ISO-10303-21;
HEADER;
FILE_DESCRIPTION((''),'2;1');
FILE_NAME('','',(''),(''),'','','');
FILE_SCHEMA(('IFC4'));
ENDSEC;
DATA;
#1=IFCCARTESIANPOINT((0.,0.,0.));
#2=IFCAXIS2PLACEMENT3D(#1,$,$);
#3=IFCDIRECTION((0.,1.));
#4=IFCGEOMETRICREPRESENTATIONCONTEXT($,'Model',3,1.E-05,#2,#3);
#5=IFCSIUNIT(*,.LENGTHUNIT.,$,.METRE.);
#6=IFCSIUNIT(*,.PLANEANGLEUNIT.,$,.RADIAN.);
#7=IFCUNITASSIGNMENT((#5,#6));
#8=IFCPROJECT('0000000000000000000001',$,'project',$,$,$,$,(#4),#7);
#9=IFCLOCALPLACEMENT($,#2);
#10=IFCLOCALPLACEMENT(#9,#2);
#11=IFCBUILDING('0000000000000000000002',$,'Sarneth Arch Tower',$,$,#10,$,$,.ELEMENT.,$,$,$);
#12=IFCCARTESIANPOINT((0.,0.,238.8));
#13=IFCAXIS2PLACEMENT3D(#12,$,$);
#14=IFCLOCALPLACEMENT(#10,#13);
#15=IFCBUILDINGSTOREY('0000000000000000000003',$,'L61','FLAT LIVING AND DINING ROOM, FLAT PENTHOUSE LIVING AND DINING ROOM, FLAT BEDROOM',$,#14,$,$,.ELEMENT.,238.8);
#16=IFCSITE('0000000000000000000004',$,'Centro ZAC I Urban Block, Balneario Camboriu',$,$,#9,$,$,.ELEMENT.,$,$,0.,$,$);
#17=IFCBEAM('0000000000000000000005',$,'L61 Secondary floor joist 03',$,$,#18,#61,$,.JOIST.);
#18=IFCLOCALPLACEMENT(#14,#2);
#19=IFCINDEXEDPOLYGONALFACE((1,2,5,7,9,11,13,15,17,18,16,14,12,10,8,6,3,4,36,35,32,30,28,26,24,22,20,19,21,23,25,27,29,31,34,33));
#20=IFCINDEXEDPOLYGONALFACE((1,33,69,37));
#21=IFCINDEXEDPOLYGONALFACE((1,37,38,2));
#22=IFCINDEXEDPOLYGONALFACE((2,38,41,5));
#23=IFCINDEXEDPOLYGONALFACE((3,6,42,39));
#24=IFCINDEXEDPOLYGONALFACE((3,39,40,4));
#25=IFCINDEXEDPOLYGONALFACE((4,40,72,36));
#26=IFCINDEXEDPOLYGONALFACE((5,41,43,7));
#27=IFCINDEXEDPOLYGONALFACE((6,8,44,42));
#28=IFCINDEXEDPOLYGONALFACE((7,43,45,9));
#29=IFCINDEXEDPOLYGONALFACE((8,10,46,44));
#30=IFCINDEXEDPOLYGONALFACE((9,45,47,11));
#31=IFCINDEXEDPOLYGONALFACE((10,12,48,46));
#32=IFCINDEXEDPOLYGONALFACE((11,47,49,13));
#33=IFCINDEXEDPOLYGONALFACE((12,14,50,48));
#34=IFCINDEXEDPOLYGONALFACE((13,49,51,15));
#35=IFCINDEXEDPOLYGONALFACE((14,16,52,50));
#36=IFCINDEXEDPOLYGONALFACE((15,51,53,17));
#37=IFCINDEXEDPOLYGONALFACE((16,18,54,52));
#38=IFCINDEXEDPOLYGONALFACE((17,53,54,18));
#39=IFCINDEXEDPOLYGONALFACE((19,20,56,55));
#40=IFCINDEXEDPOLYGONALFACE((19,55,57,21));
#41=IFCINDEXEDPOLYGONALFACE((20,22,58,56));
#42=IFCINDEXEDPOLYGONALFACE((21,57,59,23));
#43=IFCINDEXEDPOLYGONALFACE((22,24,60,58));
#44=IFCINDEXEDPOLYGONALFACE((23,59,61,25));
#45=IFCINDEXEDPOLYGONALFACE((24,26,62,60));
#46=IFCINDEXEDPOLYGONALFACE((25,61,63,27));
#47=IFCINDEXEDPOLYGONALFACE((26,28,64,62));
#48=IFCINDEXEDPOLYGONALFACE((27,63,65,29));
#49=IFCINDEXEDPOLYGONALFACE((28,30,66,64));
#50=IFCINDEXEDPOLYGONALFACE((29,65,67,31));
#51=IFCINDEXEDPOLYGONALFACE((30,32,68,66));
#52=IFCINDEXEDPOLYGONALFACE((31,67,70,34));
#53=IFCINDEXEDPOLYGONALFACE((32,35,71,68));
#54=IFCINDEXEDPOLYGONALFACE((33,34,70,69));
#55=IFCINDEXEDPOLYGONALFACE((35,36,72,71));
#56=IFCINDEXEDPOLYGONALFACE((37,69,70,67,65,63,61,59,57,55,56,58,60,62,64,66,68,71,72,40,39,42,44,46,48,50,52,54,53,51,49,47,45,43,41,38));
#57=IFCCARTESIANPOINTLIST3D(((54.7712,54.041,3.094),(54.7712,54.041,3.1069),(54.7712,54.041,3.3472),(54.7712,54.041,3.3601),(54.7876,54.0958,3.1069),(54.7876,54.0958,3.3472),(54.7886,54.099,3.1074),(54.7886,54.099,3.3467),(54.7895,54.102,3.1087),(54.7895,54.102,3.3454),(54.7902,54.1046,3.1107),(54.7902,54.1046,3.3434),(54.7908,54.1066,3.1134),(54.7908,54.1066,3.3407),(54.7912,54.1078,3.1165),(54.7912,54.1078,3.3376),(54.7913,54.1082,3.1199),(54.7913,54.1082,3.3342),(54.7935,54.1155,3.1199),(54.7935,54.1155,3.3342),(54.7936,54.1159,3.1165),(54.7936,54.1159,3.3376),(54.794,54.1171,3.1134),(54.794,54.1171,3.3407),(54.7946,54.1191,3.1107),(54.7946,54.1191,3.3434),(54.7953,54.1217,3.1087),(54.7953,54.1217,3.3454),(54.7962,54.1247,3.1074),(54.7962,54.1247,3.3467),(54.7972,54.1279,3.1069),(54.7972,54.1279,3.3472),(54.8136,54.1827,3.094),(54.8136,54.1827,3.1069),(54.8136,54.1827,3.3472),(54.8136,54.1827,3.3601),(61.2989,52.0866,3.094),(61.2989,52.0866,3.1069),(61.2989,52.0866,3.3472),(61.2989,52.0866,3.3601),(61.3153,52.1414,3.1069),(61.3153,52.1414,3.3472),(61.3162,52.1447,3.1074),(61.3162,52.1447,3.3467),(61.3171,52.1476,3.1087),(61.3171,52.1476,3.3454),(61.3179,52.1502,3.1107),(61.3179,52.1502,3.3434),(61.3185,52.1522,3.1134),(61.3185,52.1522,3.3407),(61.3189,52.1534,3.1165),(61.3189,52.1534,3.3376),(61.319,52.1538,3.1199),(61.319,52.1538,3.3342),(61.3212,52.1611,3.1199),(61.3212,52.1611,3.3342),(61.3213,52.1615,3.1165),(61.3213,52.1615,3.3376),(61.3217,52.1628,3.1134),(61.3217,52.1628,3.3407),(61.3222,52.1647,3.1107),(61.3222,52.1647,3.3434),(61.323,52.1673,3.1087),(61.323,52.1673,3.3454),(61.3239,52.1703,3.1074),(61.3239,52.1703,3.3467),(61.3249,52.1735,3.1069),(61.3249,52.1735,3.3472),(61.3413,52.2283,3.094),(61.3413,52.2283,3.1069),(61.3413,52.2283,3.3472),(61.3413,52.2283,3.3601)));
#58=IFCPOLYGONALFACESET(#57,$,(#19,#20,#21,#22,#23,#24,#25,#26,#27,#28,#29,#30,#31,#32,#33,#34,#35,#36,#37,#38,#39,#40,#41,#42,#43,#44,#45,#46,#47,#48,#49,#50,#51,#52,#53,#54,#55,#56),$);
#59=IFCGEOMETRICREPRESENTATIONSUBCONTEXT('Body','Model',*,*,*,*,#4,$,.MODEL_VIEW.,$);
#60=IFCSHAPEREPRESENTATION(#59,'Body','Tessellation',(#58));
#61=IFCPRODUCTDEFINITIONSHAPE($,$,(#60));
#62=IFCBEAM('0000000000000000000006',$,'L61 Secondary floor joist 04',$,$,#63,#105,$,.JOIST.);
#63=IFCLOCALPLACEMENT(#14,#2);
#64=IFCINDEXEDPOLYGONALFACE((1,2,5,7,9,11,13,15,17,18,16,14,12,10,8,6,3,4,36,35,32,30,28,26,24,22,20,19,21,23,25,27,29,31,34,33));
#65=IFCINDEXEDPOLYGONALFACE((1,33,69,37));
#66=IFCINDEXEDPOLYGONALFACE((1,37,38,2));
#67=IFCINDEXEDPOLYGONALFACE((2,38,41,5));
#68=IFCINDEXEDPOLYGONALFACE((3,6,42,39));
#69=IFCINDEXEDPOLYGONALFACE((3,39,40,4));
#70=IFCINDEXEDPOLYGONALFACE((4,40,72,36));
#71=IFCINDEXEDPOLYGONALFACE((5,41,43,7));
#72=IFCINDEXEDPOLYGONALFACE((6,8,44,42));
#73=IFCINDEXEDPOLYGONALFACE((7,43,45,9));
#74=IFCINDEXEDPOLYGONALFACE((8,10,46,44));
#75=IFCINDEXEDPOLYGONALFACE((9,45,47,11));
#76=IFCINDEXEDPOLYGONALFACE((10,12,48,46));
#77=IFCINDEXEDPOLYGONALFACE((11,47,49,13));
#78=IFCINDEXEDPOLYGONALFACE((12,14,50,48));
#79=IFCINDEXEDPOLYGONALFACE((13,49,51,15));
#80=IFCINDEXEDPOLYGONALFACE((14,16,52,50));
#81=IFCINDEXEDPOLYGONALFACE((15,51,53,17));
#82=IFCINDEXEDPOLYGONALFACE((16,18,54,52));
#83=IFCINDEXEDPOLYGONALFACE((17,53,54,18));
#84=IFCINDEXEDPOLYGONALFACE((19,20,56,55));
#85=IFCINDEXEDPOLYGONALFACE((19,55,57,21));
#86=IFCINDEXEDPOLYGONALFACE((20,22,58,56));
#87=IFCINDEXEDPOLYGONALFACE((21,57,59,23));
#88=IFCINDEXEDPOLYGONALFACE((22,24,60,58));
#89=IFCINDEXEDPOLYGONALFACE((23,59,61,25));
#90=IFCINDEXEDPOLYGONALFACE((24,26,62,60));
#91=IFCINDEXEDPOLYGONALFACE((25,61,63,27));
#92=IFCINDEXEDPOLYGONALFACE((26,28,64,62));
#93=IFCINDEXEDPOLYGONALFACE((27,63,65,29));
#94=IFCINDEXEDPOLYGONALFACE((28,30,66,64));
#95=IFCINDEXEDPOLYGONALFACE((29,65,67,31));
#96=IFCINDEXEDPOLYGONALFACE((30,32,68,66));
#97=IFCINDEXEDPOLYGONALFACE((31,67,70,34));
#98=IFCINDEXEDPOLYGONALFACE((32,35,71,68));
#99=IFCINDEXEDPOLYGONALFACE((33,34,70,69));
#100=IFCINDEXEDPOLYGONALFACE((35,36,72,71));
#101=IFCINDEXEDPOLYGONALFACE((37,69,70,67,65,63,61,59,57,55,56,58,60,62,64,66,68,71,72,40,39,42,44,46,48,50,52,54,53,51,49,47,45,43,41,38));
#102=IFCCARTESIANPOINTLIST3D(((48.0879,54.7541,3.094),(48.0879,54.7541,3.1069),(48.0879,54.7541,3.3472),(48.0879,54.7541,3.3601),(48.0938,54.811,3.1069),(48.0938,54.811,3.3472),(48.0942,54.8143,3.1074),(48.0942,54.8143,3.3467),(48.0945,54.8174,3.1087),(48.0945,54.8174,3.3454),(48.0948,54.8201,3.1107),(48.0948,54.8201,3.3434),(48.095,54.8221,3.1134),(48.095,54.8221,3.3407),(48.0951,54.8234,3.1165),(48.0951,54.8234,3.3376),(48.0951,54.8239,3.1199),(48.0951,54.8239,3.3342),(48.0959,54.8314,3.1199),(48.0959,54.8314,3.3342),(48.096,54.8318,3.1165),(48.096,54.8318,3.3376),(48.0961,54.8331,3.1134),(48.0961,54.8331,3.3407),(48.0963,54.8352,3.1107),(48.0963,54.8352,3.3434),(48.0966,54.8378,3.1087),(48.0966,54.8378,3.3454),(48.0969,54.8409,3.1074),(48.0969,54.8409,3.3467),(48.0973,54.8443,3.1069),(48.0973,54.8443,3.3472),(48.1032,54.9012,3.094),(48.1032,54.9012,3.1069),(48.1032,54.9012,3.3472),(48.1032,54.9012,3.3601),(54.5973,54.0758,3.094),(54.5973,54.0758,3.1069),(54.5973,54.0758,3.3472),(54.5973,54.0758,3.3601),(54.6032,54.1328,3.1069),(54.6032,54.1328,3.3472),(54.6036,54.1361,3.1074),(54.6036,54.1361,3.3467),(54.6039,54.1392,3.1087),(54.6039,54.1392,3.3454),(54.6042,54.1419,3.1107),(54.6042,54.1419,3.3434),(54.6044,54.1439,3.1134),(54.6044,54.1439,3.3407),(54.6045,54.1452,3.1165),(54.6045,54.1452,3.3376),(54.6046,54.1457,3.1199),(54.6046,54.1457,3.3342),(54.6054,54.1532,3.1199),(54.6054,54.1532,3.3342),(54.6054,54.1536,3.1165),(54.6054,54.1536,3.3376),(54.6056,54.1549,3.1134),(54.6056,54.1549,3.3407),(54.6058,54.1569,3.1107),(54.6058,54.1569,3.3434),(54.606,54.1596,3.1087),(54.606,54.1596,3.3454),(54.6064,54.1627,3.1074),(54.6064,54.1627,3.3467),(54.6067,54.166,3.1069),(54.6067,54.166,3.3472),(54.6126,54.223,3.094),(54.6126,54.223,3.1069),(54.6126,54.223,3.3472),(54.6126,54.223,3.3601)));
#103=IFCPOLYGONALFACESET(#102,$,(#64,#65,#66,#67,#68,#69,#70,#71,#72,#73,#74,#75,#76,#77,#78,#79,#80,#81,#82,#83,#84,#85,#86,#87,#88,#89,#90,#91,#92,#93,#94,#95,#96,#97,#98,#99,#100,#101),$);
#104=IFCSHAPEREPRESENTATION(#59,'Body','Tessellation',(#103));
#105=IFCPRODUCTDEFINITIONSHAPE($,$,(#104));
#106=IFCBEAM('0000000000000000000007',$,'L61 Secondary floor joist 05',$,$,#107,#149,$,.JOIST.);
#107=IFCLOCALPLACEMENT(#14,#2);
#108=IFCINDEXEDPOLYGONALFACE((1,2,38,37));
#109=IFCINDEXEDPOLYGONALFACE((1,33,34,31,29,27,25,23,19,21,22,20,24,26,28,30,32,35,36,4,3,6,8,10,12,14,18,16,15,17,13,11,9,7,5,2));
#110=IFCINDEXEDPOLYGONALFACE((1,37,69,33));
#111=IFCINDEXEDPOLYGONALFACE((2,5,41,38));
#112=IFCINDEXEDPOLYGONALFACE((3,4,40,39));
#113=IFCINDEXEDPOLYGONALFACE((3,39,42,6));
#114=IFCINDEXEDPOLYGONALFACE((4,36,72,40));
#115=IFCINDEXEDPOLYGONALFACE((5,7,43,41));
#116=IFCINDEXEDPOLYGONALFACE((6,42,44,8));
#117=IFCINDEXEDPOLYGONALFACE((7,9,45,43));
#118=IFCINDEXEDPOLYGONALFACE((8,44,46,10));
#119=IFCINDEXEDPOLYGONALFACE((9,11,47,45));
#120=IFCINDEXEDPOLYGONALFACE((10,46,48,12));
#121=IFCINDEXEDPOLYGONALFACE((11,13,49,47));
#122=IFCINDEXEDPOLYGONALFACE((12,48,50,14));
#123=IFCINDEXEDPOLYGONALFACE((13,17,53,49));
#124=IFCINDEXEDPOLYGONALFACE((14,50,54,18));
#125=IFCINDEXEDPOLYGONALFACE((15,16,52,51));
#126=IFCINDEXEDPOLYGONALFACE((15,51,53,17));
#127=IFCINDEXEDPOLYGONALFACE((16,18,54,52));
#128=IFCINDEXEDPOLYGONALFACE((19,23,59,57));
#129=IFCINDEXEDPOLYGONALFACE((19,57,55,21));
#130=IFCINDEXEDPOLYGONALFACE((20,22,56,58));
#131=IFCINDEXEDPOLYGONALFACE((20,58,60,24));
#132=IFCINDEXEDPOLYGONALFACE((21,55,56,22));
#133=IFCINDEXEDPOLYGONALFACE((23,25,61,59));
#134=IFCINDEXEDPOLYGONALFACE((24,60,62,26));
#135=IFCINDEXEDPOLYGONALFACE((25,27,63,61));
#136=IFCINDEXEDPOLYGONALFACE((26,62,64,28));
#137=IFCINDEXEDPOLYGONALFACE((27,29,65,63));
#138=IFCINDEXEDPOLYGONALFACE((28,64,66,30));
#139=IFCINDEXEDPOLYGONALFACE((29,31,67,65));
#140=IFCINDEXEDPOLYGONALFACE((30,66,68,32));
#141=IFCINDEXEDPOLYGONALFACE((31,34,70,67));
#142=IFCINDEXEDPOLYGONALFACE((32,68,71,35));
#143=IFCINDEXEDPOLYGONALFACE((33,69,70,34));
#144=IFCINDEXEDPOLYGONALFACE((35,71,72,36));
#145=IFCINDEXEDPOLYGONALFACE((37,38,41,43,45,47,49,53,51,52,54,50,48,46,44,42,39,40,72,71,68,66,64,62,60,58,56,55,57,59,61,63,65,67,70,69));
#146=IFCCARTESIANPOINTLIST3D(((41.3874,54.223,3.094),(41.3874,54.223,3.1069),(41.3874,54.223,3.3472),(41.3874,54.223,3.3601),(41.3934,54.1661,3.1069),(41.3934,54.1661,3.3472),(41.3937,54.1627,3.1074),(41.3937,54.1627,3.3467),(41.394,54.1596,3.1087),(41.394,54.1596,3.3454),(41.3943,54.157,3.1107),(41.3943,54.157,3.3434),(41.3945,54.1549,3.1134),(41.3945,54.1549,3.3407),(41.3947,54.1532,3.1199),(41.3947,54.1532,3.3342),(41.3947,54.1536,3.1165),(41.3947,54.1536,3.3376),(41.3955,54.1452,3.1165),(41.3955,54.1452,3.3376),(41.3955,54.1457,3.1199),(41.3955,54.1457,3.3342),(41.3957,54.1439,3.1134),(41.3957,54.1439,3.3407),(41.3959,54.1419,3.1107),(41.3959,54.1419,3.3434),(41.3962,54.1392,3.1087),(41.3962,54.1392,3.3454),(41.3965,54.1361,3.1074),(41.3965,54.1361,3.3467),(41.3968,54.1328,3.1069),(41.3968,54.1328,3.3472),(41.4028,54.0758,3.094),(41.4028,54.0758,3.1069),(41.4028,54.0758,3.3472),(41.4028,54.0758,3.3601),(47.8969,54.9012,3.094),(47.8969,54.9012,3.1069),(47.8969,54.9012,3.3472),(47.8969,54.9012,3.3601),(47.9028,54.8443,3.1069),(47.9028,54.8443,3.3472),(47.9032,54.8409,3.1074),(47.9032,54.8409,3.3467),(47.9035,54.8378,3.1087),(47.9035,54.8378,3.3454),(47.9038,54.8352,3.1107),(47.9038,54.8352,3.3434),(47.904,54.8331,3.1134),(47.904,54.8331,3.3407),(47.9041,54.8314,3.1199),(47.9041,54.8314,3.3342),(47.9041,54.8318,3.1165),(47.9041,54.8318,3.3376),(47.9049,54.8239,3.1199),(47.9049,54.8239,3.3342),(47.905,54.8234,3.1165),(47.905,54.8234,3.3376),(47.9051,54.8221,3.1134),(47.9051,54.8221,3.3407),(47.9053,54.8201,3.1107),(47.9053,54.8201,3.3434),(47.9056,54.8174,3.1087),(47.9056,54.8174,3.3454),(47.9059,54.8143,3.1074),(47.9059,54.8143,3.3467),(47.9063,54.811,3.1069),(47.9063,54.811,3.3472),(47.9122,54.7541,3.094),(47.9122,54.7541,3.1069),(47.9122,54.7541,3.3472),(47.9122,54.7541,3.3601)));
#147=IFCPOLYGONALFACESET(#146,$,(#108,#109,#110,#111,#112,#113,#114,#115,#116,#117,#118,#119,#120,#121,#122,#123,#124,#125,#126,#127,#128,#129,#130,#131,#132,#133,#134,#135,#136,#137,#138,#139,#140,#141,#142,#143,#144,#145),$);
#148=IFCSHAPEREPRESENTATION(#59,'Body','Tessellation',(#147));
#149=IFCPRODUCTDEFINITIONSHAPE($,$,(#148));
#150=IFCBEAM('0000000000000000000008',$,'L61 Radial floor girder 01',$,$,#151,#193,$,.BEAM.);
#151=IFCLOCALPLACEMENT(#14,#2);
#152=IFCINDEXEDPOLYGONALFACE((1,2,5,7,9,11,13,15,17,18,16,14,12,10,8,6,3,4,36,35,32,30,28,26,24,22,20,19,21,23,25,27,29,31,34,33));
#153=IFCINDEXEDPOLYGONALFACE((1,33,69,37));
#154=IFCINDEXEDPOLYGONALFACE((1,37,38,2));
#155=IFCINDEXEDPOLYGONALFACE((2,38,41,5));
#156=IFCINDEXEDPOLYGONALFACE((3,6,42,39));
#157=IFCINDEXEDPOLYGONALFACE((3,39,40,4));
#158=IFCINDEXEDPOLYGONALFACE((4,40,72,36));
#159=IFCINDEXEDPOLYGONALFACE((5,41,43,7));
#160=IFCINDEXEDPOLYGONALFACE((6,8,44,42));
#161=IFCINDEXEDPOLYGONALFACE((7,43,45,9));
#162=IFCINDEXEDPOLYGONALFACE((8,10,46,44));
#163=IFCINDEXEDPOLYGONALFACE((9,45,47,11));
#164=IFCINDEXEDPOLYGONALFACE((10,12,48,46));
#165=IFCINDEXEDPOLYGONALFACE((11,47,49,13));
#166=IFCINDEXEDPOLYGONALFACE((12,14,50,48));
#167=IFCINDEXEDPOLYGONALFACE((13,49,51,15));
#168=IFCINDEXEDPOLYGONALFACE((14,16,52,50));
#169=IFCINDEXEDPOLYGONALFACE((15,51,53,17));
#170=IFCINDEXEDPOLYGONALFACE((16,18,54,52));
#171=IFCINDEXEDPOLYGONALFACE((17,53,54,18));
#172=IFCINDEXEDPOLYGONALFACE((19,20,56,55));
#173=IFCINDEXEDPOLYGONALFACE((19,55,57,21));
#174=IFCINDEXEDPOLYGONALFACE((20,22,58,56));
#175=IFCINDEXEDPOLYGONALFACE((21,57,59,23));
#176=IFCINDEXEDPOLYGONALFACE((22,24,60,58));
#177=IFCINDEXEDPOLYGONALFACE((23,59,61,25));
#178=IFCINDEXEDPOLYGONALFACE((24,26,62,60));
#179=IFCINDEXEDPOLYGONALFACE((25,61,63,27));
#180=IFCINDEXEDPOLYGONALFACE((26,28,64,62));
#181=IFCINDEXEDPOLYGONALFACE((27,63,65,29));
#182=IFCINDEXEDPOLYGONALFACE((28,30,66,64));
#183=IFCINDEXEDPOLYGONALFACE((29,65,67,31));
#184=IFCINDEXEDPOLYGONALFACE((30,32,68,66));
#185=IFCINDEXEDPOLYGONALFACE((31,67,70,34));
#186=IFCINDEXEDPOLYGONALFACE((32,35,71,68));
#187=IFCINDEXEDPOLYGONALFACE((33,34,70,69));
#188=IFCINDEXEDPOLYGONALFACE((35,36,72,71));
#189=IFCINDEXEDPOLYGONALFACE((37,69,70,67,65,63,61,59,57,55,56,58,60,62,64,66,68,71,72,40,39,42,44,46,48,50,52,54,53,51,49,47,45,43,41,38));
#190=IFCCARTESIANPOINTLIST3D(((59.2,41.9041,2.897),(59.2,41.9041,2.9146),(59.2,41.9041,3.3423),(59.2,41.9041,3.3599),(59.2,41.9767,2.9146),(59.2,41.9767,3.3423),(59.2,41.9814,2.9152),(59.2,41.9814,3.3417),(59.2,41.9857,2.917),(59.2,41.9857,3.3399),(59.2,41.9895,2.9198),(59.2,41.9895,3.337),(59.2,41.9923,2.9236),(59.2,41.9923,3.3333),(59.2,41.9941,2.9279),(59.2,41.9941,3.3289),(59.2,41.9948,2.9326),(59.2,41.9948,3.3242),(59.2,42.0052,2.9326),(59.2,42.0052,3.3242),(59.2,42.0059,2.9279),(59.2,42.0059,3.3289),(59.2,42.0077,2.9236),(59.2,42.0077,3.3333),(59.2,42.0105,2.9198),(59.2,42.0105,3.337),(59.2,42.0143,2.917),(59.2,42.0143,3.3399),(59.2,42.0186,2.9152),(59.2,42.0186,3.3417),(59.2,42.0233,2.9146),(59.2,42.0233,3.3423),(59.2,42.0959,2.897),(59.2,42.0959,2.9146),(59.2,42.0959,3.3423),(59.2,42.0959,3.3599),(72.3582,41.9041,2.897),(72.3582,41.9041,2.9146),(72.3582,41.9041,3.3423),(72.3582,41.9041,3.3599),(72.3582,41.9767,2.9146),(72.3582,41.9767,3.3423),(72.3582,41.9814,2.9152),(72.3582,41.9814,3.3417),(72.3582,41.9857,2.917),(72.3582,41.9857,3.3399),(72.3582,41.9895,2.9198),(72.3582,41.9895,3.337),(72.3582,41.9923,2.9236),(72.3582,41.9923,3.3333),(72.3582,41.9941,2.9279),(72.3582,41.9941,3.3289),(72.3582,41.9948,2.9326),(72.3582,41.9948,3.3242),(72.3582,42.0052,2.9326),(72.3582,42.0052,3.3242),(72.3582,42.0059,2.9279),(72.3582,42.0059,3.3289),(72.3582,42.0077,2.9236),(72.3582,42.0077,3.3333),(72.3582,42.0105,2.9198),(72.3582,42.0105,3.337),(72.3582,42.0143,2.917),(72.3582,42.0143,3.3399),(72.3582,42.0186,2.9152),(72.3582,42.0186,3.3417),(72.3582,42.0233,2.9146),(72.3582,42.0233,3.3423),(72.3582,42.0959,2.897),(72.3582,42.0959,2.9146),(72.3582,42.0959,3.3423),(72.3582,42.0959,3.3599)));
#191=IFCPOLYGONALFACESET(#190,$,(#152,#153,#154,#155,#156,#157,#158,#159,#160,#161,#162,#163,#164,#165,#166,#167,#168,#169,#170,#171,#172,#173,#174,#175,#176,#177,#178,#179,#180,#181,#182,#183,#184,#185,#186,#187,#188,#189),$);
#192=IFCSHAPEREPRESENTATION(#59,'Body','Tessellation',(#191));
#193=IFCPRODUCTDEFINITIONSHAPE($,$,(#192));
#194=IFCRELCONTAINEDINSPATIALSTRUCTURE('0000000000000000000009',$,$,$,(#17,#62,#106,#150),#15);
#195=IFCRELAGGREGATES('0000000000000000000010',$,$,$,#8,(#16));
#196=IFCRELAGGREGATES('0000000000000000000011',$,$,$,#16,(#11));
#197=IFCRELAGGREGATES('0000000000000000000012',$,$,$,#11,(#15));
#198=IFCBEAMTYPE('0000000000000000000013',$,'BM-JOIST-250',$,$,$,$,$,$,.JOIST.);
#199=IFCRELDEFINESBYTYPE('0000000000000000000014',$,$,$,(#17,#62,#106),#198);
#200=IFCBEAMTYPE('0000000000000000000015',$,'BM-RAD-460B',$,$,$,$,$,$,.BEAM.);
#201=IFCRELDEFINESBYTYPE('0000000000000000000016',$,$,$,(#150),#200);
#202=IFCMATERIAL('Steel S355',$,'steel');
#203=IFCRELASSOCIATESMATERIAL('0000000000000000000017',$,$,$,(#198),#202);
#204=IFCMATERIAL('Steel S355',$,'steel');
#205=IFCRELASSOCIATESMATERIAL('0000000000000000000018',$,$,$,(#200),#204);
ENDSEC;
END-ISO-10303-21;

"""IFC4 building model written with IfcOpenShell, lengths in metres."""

from ifc_helpers import new_model, si_unit, direction, frame, origin, origin_2d, place, context, subcontext, project, spatial, i_section, extrude, material, material_profile, profile_set, type_object, element, save


model = new_model("IFC4")

# Units and contexts
model_context = context("Model", 3, precision=1e-05, world=origin(), true_north=direction((0.0, 1.0)))
body_context = subcontext(model_context, "Body", "Model", "MODEL_VIEW")
ifc_project = project(units=[si_unit("LENGTHUNIT", "METRE"), si_unit("PLANEANGLEUNIT", "RADIAN")], contexts=[model_context])

# Site, building, storey
site_placement = place(None, origin())
site = spatial("IfcSite", under=ifc_project, at=site_placement, Name="Centro ZAC I Urban Block, Balneario Camboriu", CompositionType="ELEMENT", RefElevation=0.0)
building_placement = place(site_placement, origin())
building = spatial("IfcBuilding", under=site, at=building_placement, Name="Sarneth Arch Tower", CompositionType="ELEMENT")
storey_placement = place(building_placement, frame((0.0, 0.0, 238.8)))
storey = spatial("IfcBuildingStorey", under=building, at=storey_placement, Name="L61", Description="FLAT LIVING AND DINING ROOM, FLAT PENTHOUSE LIVING AND DINING ROOM, FLAT BEDROOM", CompositionType="ELEMENT", Elevation=238.8)

# Beams
ifc_material_1 = material(Name="Steel S355", Category="steel")
ifc_material_profile_1 = material_profile(ifc_material_1, i_section(OverallWidth=0.1479, OverallDepth=0.2661, WebThickness=0.0076, FlangeThickness=0.0129, FilletRadius=0.0129, at=origin_2d()), Name="W250x44.8")
ifc_profile_set_1 = profile_set([ifc_material_profile_1], Name="Steel S355")
beam_type_1 = type_object("IfcBeamType", Name="BM-JOIST-250", PredefinedType="JOIST", material=ifc_profile_set_1)
beam_1_placement = place(storey_placement, frame((61.3201, 52.1575, 3.2271), z_axis=(-0.957985, 0.286819, 0.0), x_axis=(-0.286819, -0.957985, 0.0)))
element("IfcBeam", 1, at=beam_1_placement, inside=storey, type_object=beam_type_1, Name="L61 Secondary floor joist 03", PredefinedType="JOIST", context=body_context, shape_type="SweptSolid", body=[
    extrude(i_section(OverallWidth=0.1479, OverallDepth=0.2661, WebThickness=0.0076, FlangeThickness=0.0129, FilletRadius=0.0129, at=origin_2d()), origin(), (0.0, 0.0, 1.0), 6.814),
])
for number, where, z_axis, x_axis, name in (
    (2, (54.605, 54.1494, 3.2271), (-0.994616, 0.103628, 0.0), (-0.103628, -0.994616, 0.0), "L61 Secondary floor joist 04"),
    (3, (47.9045, 54.8276, 3.2271), (-0.994616, -0.103628, 0.0), (0.103628, -0.994616, 0.0), "L61 Secondary floor joist 05"),
):
    element("IfcBeam", number, at=place(storey_placement, frame(where, z_axis=z_axis, x_axis=x_axis)), inside=storey, type_object=beam_type_1, Name=name, PredefinedType="JOIST", context=body_context, shape_type="SweptSolid", body=[
        extrude(i_section(OverallWidth=0.1479, OverallDepth=0.2661, WebThickness=0.0076, FlangeThickness=0.0129, FilletRadius=0.0129, at=origin_2d()), origin(), (0.0, 0.0, 1.0), 6.5447),
    ])
ifc_material_2 = material(Name="Steel S355", Category="steel")
ifc_material_profile_2 = material_profile(ifc_material_2, i_section(OverallWidth=0.1919, OverallDepth=0.4629, WebThickness=0.0105, FlangeThickness=0.0176, FilletRadius=0.0181, at=origin_2d()), Name="W460x89")
ifc_profile_set_2 = profile_set([ifc_material_profile_2], Name="Steel S355")
beam_type_2 = type_object("IfcBeamType", Name="BM-RAD-460B", PredefinedType="BEAM", material=ifc_profile_set_2)
beam_2_placement = place(storey_placement, frame((59.2, 42.0, 3.1284), z_axis=(1.0, 0.0, 0.0), x_axis=(0.0, 1.0, 0.0)))
element("IfcBeam", 4, at=beam_2_placement, inside=storey, type_object=beam_type_2, Name="L61 Radial floor girder 01", PredefinedType="BEAM", context=body_context, shape_type="SweptSolid", body=[
    extrude(i_section(OverallWidth=0.1919, OverallDepth=0.4629, WebThickness=0.0105, FlangeThickness=0.0176, FilletRadius=0.0181, at=origin_2d()), origin(), (0.0, 0.0, 1.0), 13.1582),
])

save(model, "model.ifc")
